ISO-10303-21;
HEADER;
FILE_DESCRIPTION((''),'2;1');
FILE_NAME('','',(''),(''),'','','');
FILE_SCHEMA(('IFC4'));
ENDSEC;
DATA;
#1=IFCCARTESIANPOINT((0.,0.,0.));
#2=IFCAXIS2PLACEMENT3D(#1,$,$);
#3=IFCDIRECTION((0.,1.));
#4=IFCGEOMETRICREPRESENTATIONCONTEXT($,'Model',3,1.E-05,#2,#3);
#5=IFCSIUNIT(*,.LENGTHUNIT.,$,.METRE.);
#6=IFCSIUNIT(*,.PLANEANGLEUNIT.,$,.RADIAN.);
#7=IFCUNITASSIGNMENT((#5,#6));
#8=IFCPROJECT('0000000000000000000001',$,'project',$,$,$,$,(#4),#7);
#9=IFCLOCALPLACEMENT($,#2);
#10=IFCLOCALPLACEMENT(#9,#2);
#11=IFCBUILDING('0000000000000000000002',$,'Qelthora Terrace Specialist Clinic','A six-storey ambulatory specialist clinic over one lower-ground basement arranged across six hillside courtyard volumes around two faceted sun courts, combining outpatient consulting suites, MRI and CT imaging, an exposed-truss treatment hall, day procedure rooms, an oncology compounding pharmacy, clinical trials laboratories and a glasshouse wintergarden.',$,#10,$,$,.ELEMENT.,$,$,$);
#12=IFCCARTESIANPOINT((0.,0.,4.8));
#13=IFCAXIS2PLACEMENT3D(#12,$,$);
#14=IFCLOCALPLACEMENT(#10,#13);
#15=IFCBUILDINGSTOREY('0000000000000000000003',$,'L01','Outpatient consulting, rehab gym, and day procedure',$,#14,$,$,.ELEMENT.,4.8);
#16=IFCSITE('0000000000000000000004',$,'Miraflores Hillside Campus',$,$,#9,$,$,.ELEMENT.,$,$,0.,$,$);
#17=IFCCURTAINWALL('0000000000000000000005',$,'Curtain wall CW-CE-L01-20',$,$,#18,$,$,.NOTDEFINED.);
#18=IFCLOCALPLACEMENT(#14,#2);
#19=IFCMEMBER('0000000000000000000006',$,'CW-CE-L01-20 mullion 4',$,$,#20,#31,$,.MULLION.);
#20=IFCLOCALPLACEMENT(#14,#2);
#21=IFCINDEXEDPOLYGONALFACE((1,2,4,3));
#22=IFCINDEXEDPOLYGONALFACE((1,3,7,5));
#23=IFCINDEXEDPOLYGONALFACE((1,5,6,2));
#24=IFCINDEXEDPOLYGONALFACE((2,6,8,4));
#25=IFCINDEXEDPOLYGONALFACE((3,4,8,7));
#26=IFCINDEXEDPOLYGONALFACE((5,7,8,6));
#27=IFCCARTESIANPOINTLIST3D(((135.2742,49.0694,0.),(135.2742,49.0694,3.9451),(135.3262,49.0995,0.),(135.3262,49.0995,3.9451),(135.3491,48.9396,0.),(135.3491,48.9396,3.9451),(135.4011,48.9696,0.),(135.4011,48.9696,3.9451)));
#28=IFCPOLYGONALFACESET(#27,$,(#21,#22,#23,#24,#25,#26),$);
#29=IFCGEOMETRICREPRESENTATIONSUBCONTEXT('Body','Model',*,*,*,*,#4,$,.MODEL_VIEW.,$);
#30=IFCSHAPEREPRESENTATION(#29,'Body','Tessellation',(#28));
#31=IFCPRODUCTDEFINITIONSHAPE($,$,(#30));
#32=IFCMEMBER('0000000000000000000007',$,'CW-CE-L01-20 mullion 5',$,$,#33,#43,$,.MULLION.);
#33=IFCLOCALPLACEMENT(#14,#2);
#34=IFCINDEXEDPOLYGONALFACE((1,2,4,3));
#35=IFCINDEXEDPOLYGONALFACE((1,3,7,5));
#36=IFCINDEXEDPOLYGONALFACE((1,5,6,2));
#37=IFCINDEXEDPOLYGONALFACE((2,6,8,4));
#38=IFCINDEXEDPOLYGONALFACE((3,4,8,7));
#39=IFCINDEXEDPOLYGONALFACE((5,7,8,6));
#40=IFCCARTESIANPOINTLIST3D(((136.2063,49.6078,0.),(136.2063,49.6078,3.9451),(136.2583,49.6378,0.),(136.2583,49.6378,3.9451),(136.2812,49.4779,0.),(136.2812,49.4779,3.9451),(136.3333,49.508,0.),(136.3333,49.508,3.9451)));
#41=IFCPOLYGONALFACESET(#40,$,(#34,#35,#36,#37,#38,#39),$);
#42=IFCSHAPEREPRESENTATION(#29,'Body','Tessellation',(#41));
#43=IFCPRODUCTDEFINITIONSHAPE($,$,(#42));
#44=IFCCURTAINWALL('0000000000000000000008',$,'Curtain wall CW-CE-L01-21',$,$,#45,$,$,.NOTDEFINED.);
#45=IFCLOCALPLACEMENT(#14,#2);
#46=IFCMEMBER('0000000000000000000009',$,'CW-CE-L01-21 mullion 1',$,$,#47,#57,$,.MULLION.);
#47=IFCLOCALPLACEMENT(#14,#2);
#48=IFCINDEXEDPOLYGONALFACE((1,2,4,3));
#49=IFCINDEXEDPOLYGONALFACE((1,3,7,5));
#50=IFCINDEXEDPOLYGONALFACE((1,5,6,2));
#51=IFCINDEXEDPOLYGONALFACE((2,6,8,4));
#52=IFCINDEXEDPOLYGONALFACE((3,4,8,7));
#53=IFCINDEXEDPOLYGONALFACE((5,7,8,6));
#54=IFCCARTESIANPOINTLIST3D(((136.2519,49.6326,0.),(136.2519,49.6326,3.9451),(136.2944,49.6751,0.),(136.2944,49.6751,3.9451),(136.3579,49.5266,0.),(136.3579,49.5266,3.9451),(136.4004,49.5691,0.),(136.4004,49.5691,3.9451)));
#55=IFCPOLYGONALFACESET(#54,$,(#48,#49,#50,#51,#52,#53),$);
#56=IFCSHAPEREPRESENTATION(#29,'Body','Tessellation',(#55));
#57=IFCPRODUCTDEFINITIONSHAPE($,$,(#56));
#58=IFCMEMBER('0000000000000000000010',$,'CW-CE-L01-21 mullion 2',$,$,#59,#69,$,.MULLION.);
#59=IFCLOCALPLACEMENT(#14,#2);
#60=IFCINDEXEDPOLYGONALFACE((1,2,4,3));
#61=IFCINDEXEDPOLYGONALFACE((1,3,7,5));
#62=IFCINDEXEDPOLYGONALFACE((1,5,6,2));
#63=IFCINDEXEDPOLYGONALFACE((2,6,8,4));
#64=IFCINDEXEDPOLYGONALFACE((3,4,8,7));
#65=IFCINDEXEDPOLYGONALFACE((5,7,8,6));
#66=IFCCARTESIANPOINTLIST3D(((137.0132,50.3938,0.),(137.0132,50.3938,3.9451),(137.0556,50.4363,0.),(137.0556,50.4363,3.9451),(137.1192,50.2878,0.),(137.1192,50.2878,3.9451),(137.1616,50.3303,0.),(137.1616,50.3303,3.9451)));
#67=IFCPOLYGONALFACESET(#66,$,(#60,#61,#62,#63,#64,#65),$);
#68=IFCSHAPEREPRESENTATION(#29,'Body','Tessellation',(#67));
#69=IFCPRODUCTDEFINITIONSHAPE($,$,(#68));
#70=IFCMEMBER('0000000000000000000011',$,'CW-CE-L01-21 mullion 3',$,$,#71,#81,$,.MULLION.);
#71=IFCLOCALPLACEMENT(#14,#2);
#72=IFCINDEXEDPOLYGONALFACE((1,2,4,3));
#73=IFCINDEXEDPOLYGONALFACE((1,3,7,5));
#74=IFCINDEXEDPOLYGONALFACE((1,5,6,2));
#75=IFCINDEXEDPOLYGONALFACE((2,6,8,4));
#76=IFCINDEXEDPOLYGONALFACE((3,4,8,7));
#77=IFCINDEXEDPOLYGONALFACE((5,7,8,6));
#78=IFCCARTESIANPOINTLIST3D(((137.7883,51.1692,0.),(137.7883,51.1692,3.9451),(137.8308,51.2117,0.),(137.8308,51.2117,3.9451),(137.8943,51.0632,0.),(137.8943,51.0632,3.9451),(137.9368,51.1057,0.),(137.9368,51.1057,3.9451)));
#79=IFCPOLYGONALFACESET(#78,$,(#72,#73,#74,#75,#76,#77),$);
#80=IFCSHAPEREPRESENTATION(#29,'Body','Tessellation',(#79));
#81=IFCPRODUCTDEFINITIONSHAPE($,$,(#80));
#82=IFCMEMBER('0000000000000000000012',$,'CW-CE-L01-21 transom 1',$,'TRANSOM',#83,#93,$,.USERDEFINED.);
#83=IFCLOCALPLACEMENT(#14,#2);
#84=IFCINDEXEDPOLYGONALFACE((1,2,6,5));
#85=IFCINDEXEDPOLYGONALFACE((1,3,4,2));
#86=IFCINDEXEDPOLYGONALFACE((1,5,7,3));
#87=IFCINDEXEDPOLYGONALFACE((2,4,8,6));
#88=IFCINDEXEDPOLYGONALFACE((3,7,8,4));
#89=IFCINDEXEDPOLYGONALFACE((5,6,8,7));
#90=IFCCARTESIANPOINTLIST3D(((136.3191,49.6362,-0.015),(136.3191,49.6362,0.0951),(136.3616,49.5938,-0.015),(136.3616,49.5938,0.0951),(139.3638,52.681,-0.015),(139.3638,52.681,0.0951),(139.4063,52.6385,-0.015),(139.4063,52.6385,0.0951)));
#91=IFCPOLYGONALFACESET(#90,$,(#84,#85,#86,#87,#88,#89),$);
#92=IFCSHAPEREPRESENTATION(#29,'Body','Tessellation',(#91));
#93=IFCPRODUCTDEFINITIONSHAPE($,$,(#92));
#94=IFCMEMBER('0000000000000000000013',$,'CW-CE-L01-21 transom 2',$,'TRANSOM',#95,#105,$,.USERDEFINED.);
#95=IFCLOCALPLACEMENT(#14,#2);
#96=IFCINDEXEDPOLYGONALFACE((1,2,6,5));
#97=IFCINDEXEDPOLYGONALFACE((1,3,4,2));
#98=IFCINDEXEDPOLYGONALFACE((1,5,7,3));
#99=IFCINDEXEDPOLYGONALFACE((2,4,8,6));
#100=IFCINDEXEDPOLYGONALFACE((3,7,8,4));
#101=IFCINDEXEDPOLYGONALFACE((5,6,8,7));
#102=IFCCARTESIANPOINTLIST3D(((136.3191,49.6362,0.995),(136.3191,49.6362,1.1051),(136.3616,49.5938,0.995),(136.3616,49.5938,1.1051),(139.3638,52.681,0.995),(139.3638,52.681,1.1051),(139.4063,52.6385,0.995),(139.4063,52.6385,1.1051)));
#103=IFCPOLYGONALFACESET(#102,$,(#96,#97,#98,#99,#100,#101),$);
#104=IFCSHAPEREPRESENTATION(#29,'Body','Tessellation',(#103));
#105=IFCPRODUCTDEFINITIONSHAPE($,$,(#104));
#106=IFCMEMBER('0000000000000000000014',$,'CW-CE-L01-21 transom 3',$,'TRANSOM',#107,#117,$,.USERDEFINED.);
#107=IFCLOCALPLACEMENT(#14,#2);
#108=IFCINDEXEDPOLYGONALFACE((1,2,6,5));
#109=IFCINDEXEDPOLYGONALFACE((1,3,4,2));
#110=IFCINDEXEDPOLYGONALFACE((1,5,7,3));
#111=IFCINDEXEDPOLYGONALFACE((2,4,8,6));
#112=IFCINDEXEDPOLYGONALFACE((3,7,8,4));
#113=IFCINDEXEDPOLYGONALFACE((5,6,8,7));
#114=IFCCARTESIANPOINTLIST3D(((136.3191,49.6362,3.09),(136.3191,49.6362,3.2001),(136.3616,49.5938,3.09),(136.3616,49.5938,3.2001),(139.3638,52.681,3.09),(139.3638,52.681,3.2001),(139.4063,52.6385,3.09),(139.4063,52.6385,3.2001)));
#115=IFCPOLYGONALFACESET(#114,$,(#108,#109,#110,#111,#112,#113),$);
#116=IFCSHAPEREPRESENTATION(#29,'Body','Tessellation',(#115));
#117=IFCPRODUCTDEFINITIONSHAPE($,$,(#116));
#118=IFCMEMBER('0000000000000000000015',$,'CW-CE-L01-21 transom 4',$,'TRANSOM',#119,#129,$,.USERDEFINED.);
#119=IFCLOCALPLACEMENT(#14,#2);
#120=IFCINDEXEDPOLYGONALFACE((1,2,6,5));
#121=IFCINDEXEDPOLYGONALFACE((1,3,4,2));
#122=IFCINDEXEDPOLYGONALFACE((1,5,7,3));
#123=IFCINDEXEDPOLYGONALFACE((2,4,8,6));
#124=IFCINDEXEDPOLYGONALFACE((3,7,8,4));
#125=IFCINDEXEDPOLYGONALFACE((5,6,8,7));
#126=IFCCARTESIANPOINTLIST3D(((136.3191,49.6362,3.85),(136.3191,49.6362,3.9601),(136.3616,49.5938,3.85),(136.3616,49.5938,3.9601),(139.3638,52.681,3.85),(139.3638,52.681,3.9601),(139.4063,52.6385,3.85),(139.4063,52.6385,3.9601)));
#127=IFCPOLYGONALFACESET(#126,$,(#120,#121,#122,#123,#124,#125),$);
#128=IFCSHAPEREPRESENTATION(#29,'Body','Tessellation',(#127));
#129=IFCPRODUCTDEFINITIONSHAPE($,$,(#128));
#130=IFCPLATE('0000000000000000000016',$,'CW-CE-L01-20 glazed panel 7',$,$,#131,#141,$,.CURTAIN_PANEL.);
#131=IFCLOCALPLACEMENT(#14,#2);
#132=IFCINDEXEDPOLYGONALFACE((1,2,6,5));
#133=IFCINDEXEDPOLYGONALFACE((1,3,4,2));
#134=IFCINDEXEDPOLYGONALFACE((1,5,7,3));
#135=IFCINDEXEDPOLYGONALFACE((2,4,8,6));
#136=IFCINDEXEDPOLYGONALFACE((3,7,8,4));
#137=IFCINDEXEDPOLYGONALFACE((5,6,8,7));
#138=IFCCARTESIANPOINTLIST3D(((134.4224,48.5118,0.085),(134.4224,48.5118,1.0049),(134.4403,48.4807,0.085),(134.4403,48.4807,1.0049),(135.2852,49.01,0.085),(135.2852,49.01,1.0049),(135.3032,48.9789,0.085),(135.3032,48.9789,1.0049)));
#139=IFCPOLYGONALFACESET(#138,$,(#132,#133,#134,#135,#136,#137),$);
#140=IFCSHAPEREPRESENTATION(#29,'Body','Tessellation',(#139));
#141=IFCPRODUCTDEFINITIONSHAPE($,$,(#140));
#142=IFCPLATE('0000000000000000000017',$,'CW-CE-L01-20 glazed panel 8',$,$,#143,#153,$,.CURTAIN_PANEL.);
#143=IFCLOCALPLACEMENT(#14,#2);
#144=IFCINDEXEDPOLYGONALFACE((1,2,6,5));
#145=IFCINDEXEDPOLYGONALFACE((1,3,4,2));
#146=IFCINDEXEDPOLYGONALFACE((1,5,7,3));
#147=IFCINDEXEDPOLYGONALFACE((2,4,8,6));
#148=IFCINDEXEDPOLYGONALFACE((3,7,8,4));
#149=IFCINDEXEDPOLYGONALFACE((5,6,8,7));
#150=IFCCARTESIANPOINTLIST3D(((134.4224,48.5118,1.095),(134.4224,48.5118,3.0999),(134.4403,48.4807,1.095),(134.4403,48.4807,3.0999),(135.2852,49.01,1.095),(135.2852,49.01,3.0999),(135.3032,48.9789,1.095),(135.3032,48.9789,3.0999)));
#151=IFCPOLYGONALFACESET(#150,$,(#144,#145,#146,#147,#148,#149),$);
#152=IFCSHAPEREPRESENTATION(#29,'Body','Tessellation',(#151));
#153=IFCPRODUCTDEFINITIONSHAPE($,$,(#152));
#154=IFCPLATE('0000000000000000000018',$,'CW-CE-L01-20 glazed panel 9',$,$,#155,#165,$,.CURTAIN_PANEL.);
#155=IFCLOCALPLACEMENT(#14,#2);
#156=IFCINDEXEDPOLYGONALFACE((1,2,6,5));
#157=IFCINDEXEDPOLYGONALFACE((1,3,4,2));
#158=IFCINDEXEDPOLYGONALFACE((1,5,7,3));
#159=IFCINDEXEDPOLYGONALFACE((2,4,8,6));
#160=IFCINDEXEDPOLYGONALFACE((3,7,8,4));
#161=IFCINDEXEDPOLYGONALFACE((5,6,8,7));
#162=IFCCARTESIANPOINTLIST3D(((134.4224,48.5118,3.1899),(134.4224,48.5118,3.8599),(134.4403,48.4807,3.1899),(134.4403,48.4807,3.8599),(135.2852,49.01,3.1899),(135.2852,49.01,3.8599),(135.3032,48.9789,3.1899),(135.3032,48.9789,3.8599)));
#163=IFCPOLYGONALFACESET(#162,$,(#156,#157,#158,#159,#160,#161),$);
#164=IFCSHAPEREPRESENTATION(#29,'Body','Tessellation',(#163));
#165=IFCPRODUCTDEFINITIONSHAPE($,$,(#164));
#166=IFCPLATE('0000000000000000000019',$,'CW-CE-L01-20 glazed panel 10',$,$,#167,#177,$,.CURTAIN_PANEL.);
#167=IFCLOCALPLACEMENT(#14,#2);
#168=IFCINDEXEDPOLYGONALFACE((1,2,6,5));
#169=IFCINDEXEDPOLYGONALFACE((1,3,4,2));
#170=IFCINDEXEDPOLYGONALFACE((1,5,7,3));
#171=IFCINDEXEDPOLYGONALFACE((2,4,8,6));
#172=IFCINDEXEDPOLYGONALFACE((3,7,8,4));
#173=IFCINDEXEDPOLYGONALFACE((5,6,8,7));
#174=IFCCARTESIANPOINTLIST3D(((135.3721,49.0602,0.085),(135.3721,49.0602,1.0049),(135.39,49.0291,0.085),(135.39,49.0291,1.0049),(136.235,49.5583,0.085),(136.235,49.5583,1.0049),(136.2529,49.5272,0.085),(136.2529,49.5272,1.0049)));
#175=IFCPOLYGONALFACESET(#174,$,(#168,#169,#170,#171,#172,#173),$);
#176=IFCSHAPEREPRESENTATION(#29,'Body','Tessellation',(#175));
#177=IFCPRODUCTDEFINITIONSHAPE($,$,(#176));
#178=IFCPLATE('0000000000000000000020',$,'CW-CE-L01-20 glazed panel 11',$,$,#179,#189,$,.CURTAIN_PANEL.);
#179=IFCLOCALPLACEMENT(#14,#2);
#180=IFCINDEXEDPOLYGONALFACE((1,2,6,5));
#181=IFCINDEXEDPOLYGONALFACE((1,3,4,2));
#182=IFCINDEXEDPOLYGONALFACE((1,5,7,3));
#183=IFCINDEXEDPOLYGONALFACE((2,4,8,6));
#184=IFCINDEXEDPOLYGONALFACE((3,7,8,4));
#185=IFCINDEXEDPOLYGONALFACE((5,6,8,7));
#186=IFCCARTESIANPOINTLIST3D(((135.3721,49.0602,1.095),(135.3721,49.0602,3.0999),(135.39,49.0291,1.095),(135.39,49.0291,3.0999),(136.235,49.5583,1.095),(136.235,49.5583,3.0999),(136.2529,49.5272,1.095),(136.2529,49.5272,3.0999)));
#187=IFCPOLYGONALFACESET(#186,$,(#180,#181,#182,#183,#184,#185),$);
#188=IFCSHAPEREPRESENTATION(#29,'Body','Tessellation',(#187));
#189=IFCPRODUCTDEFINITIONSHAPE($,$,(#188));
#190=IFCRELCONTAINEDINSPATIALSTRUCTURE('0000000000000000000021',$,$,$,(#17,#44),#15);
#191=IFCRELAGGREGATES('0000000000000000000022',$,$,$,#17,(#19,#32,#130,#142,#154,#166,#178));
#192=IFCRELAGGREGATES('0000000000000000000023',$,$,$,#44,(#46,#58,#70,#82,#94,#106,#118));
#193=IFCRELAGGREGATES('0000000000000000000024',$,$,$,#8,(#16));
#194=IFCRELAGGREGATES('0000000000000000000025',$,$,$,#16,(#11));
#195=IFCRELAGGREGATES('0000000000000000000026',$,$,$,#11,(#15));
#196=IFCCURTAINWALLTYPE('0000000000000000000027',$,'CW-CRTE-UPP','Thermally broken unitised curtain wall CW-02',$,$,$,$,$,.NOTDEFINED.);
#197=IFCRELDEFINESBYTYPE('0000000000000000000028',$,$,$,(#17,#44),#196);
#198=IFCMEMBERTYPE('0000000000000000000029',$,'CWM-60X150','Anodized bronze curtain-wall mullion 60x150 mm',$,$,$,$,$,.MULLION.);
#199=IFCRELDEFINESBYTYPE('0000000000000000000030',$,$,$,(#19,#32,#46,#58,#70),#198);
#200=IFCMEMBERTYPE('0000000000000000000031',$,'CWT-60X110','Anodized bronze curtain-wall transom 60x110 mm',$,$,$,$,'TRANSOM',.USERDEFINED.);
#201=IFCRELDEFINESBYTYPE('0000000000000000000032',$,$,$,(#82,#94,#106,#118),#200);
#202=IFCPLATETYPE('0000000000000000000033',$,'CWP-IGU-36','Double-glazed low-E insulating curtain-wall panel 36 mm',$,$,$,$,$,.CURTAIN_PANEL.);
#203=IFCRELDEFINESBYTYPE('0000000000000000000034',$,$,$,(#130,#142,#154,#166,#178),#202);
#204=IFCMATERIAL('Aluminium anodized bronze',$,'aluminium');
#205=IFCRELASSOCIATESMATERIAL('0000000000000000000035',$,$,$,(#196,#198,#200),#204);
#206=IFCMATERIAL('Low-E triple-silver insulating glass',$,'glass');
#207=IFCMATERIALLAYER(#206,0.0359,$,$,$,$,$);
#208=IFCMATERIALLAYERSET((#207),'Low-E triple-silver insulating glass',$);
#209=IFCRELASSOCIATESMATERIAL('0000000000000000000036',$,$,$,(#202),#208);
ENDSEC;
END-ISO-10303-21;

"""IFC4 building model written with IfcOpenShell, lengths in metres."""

from ifc_helpers import new_model, si_unit, direction, frame, origin, origin_2d, place, context, subcontext, project, spatial, rectangle, extrude, material, layer, layer_set, material_profile, profile_set, type_object, element, aggregate, save


model = new_model("IFC4")

# Units and contexts
model_context = context("Model", 3, precision=1e-05, world=origin(), true_north=direction((0.0, 1.0)))
body_context = subcontext(model_context, "Body", "Model", "MODEL_VIEW")
ifc_project = project(units=[si_unit("LENGTHUNIT", "METRE"), si_unit("PLANEANGLEUNIT", "RADIAN")], contexts=[model_context])

# Site, building, storey
site_placement = place(None, origin())
site = spatial("IfcSite", under=ifc_project, at=site_placement, Name="Miraflores Hillside Campus", CompositionType="ELEMENT", RefElevation=0.0)
building_placement = place(site_placement, origin())
building = spatial("IfcBuilding", under=site, at=building_placement, Name="Qelthora Terrace Specialist Clinic", Description="A six-storey ambulatory specialist clinic over one lower-ground basement arranged across six hillside courtyard volumes around two faceted sun courts, combining outpatient consulting suites, MRI and CT imaging, an exposed-truss treatment hall, day procedure rooms, an oncology compounding pharmacy, clinical trials laboratories and a glasshouse wintergarden.", CompositionType="ELEMENT")
storey_placement = place(building_placement, frame((0.0, 0.0, 4.8)))
storey = spatial("IfcBuildingStorey", under=building, at=storey_placement, Name="L01", Description="Outpatient consulting, rehab gym, and day procedure", CompositionType="ELEMENT", Elevation=4.8)

# Curtain walls, members
ifc_material_1 = material(Name="Aluminium anodized bronze", Category="aluminium")
curtain_wall_type = type_object("IfcCurtainWallType", Name="CW-CRTE-UPP", Description="Thermally broken unitised curtain wall CW-02", PredefinedType="NOTDEFINED", material=ifc_material_1)
curtain_wall_1_placement = place(storey_placement, origin())
curtain_wall_1 = element("IfcCurtainWall", 1, at=curtain_wall_1_placement, inside=storey, type_object=curtain_wall_type, Name="Curtain wall CW-CE-L01-20", PredefinedType="NOTDEFINED")
ifc_material_profile_1 = material_profile(ifc_material_1, rectangle(XDim=0.0601, YDim=0.1499, at=origin_2d()), Name="CWM60X150")
ifc_profile_set_1 = profile_set([ifc_material_profile_1], Name="Aluminium anodized bronze")
member_type_1 = type_object("IfcMemberType", Name="CWM-60X150", Description="Anodized bronze curtain-wall mullion 60x150 mm", PredefinedType="MULLION", material=ifc_profile_set_1)
member_1_placement = place(storey_placement, frame((135.3376, 49.0195, 0.0), z_axis=(0.0, 0.0, 1.0), x_axis=(0.866025, 0.5, 0.0)))
member_1 = element("IfcMember", 2, at=member_1_placement, type_object=member_type_1, Name="CW-CE-L01-20 mullion 4", PredefinedType="MULLION", context=body_context, shape_type="SweptSolid", body=[
    extrude(rectangle(XDim=0.0601, YDim=0.1499, at=origin_2d()), origin(), (0.0, 0.0, 1.0), 3.9451),
])
member_2_placement = place(storey_placement, frame((136.2698, 49.5579, 0.0), z_axis=(0.0, 0.0, 1.0), x_axis=(0.866025, 0.5, 0.0)))
member_2 = element("IfcMember", 3, at=member_2_placement, type_object=member_type_1, Name="CW-CE-L01-20 mullion 5", PredefinedType="MULLION", context=body_context, shape_type="SweptSolid", body=[
    extrude(rectangle(XDim=0.0601, YDim=0.1499, at=origin_2d()), origin(), (0.0, 0.0, 1.0), 3.9451),
])
curtain_wall_2_placement = place(storey_placement, origin())
curtain_wall_2 = element("IfcCurtainWall", 4, at=curtain_wall_2_placement, inside=storey, type_object=curtain_wall_type, Name="Curtain wall CW-CE-L01-21", PredefinedType="NOTDEFINED")
member_3_placement = place(storey_placement, frame((136.3262, 49.6008, 0.0), z_axis=(0.0, 0.0, 1.0), x_axis=(0.707107, 0.707107, 0.0)))
member_3 = element("IfcMember", 5, at=member_3_placement, type_object=member_type_1, Name="CW-CE-L01-21 mullion 1", PredefinedType="MULLION", context=body_context, shape_type="SweptSolid", body=[
    extrude(rectangle(XDim=0.0601, YDim=0.1499, at=origin_2d()), origin(), (0.0, 0.0, 1.0), 3.9451),
])
member_4_placement = place(storey_placement, frame((137.0874, 50.3621, 0.0), z_axis=(0.0, 0.0, 1.0), x_axis=(0.707107, 0.707107, 0.0)))
member_4 = element("IfcMember", 6, at=member_4_placement, type_object=member_type_1, Name="CW-CE-L01-21 mullion 2", PredefinedType="MULLION", context=body_context, shape_type="SweptSolid", body=[
    extrude(rectangle(XDim=0.0601, YDim=0.1499, at=origin_2d()), origin(), (0.0, 0.0, 1.0), 3.9451),
])
member_5_placement = place(storey_placement, frame((137.8625, 51.1375, 0.0), z_axis=(0.0, 0.0, 1.0), x_axis=(0.707107, 0.707107, 0.0)))
member_5 = element("IfcMember", 7, at=member_5_placement, type_object=member_type_1, Name="CW-CE-L01-21 mullion 3", PredefinedType="MULLION", context=body_context, shape_type="SweptSolid", body=[
    extrude(rectangle(XDim=0.0601, YDim=0.1499, at=origin_2d()), origin(), (0.0, 0.0, 1.0), 3.9451),
])
ifc_material_profile_2 = material_profile(ifc_material_1, rectangle(XDim=0.0601, YDim=0.1101, at=origin_2d()), Name="CWT60X110")
ifc_profile_set_2 = profile_set([ifc_material_profile_2], Name="Aluminium anodized bronze")
member_type_2 = type_object("IfcMemberType", Name="CWT-60X110", Description="Anodized bronze curtain-wall transom 60x110 mm", ElementType="TRANSOM", PredefinedType="USERDEFINED", material=ifc_profile_set_2)
member_6_placement = place(storey_placement, frame((136.3403, 49.615, 0.04), z_axis=(0.707107, 0.707107, 0.0), x_axis=(-0.707107, 0.707107, 0.0)))
member_6 = element("IfcMember", 8, at=member_6_placement, type_object=member_type_2, Name="CW-CE-L01-21 transom 1", ObjectType="TRANSOM", PredefinedType="USERDEFINED", context=body_context, shape_type="SweptSolid", body=[
    extrude(rectangle(XDim=0.0601, YDim=0.1101, at=origin_2d()), origin(), (0.0, 0.0, 1.0), 4.3059),
])
member_7_placement = place(storey_placement, frame((136.3403, 49.615, 1.05), z_axis=(0.707107, 0.707107, 0.0), x_axis=(-0.707107, 0.707107, 0.0)))
member_7 = element("IfcMember", 9, at=member_7_placement, type_object=member_type_2, Name="CW-CE-L01-21 transom 2", ObjectType="TRANSOM", PredefinedType="USERDEFINED", context=body_context, shape_type="SweptSolid", body=[
    extrude(rectangle(XDim=0.0601, YDim=0.1101, at=origin_2d()), origin(), (0.0, 0.0, 1.0), 4.3059),
])
member_8_placement = place(storey_placement, frame((136.3403, 49.615, 3.145), z_axis=(0.707107, 0.707107, 0.0), x_axis=(-0.707107, 0.707107, 0.0)))
member_8 = element("IfcMember", 10, at=member_8_placement, type_object=member_type_2, Name="CW-CE-L01-21 transom 3", ObjectType="TRANSOM", PredefinedType="USERDEFINED", context=body_context, shape_type="SweptSolid", body=[
    extrude(rectangle(XDim=0.0601, YDim=0.1101, at=origin_2d()), origin(), (0.0, 0.0, 1.0), 4.3059),
])
member_9_placement = place(storey_placement, frame((136.3403, 49.615, 3.905), z_axis=(0.707107, 0.707107, 0.0), x_axis=(-0.707107, 0.707107, 0.0)))
member_9 = element("IfcMember", 11, at=member_9_placement, type_object=member_type_2, Name="CW-CE-L01-21 transom 4", ObjectType="TRANSOM", PredefinedType="USERDEFINED", context=body_context, shape_type="SweptSolid", body=[
    extrude(rectangle(XDim=0.0601, YDim=0.1101, at=origin_2d()), origin(), (0.0, 0.0, 1.0), 4.3059),
])

# Plates
ifc_material_2 = material(Name="Low-E triple-silver insulating glass", Category="glass")
ifc_layer_1 = layer(ifc_material_2, 0.0359)
ifc_layer_set_1 = layer_set([ifc_layer_1], Name="Low-E triple-silver insulating glass")
plate_type = type_object("IfcPlateType", Name="CWP-IGU-36", Description="Double-glazed low-E insulating curtain-wall panel 36 mm", PredefinedType="CURTAIN_PANEL", material=ifc_layer_set_1)
plate_1_placement = place(storey_placement, frame((134.8628, 48.7454, 0.085), z_axis=(0.0, 0.0, 1.0), x_axis=(0.866025, 0.5, 0.0)))
plate_1 = element("IfcPlate", 12, at=plate_1_placement, type_object=plate_type, Name="CW-CE-L01-20 glazed panel 7", PredefinedType="CURTAIN_PANEL", context=body_context, shape_type="SweptSolid", body=[
    extrude(rectangle(XDim=0.9963, YDim=0.0359, at=origin_2d()), origin(), (0.0, 0.0, 1.0), 0.9199),
])
plate_2_placement = place(storey_placement, frame((134.8628, 48.7454, 1.095), z_axis=(0.0, 0.0, 1.0), x_axis=(0.866025, 0.5, 0.0)))
plate_2 = element("IfcPlate", 13, at=plate_2_placement, type_object=plate_type, Name="CW-CE-L01-20 glazed panel 8", PredefinedType="CURTAIN_PANEL", context=body_context, shape_type="SweptSolid", body=[
    extrude(rectangle(XDim=0.9963, YDim=0.0359, at=origin_2d()), origin(), (0.0, 0.0, 1.0), 2.0049),
])
plate_3_placement = place(storey_placement, frame((134.8628, 48.7454, 3.1899), z_axis=(0.0, 0.0, 1.0), x_axis=(0.866025, 0.5, 0.0)))
plate_3 = element("IfcPlate", 14, at=plate_3_placement, type_object=plate_type, Name="CW-CE-L01-20 glazed panel 9", PredefinedType="CURTAIN_PANEL", context=body_context, shape_type="SweptSolid", body=[
    extrude(rectangle(XDim=0.9963, YDim=0.0359, at=origin_2d()), origin(), (0.0, 0.0, 1.0), 0.6699),
])
plate_4_placement = place(storey_placement, frame((135.8125, 49.2937, 0.085), z_axis=(0.0, 0.0, 1.0), x_axis=(0.866025, 0.5, 0.0)))
plate_4 = element("IfcPlate", 15, at=plate_4_placement, type_object=plate_type, Name="CW-CE-L01-20 glazed panel 10", PredefinedType="CURTAIN_PANEL", context=body_context, shape_type="SweptSolid", body=[
    extrude(rectangle(XDim=0.9963, YDim=0.0359, at=origin_2d()), origin(), (0.0, 0.0, 1.0), 0.9199),
])
plate_5_placement = place(storey_placement, frame((135.8125, 49.2937, 1.095), z_axis=(0.0, 0.0, 1.0), x_axis=(0.866025, 0.5, 0.0)))
plate_5 = element("IfcPlate", 16, at=plate_5_placement, type_object=plate_type, Name="CW-CE-L01-20 glazed panel 11", PredefinedType="CURTAIN_PANEL", context=body_context, shape_type="SweptSolid", body=[
    extrude(rectangle(XDim=0.9963, YDim=0.0359, at=origin_2d()), origin(), (0.0, 0.0, 1.0), 2.0049),
])
aggregate(curtain_wall_1, [member_1, member_2, plate_1, plate_2, plate_3, plate_4, plate_5])
aggregate(curtain_wall_2, [member_3, member_4, member_5, member_6, member_7, member_8, member_9])

save(model, "model.ifc")
